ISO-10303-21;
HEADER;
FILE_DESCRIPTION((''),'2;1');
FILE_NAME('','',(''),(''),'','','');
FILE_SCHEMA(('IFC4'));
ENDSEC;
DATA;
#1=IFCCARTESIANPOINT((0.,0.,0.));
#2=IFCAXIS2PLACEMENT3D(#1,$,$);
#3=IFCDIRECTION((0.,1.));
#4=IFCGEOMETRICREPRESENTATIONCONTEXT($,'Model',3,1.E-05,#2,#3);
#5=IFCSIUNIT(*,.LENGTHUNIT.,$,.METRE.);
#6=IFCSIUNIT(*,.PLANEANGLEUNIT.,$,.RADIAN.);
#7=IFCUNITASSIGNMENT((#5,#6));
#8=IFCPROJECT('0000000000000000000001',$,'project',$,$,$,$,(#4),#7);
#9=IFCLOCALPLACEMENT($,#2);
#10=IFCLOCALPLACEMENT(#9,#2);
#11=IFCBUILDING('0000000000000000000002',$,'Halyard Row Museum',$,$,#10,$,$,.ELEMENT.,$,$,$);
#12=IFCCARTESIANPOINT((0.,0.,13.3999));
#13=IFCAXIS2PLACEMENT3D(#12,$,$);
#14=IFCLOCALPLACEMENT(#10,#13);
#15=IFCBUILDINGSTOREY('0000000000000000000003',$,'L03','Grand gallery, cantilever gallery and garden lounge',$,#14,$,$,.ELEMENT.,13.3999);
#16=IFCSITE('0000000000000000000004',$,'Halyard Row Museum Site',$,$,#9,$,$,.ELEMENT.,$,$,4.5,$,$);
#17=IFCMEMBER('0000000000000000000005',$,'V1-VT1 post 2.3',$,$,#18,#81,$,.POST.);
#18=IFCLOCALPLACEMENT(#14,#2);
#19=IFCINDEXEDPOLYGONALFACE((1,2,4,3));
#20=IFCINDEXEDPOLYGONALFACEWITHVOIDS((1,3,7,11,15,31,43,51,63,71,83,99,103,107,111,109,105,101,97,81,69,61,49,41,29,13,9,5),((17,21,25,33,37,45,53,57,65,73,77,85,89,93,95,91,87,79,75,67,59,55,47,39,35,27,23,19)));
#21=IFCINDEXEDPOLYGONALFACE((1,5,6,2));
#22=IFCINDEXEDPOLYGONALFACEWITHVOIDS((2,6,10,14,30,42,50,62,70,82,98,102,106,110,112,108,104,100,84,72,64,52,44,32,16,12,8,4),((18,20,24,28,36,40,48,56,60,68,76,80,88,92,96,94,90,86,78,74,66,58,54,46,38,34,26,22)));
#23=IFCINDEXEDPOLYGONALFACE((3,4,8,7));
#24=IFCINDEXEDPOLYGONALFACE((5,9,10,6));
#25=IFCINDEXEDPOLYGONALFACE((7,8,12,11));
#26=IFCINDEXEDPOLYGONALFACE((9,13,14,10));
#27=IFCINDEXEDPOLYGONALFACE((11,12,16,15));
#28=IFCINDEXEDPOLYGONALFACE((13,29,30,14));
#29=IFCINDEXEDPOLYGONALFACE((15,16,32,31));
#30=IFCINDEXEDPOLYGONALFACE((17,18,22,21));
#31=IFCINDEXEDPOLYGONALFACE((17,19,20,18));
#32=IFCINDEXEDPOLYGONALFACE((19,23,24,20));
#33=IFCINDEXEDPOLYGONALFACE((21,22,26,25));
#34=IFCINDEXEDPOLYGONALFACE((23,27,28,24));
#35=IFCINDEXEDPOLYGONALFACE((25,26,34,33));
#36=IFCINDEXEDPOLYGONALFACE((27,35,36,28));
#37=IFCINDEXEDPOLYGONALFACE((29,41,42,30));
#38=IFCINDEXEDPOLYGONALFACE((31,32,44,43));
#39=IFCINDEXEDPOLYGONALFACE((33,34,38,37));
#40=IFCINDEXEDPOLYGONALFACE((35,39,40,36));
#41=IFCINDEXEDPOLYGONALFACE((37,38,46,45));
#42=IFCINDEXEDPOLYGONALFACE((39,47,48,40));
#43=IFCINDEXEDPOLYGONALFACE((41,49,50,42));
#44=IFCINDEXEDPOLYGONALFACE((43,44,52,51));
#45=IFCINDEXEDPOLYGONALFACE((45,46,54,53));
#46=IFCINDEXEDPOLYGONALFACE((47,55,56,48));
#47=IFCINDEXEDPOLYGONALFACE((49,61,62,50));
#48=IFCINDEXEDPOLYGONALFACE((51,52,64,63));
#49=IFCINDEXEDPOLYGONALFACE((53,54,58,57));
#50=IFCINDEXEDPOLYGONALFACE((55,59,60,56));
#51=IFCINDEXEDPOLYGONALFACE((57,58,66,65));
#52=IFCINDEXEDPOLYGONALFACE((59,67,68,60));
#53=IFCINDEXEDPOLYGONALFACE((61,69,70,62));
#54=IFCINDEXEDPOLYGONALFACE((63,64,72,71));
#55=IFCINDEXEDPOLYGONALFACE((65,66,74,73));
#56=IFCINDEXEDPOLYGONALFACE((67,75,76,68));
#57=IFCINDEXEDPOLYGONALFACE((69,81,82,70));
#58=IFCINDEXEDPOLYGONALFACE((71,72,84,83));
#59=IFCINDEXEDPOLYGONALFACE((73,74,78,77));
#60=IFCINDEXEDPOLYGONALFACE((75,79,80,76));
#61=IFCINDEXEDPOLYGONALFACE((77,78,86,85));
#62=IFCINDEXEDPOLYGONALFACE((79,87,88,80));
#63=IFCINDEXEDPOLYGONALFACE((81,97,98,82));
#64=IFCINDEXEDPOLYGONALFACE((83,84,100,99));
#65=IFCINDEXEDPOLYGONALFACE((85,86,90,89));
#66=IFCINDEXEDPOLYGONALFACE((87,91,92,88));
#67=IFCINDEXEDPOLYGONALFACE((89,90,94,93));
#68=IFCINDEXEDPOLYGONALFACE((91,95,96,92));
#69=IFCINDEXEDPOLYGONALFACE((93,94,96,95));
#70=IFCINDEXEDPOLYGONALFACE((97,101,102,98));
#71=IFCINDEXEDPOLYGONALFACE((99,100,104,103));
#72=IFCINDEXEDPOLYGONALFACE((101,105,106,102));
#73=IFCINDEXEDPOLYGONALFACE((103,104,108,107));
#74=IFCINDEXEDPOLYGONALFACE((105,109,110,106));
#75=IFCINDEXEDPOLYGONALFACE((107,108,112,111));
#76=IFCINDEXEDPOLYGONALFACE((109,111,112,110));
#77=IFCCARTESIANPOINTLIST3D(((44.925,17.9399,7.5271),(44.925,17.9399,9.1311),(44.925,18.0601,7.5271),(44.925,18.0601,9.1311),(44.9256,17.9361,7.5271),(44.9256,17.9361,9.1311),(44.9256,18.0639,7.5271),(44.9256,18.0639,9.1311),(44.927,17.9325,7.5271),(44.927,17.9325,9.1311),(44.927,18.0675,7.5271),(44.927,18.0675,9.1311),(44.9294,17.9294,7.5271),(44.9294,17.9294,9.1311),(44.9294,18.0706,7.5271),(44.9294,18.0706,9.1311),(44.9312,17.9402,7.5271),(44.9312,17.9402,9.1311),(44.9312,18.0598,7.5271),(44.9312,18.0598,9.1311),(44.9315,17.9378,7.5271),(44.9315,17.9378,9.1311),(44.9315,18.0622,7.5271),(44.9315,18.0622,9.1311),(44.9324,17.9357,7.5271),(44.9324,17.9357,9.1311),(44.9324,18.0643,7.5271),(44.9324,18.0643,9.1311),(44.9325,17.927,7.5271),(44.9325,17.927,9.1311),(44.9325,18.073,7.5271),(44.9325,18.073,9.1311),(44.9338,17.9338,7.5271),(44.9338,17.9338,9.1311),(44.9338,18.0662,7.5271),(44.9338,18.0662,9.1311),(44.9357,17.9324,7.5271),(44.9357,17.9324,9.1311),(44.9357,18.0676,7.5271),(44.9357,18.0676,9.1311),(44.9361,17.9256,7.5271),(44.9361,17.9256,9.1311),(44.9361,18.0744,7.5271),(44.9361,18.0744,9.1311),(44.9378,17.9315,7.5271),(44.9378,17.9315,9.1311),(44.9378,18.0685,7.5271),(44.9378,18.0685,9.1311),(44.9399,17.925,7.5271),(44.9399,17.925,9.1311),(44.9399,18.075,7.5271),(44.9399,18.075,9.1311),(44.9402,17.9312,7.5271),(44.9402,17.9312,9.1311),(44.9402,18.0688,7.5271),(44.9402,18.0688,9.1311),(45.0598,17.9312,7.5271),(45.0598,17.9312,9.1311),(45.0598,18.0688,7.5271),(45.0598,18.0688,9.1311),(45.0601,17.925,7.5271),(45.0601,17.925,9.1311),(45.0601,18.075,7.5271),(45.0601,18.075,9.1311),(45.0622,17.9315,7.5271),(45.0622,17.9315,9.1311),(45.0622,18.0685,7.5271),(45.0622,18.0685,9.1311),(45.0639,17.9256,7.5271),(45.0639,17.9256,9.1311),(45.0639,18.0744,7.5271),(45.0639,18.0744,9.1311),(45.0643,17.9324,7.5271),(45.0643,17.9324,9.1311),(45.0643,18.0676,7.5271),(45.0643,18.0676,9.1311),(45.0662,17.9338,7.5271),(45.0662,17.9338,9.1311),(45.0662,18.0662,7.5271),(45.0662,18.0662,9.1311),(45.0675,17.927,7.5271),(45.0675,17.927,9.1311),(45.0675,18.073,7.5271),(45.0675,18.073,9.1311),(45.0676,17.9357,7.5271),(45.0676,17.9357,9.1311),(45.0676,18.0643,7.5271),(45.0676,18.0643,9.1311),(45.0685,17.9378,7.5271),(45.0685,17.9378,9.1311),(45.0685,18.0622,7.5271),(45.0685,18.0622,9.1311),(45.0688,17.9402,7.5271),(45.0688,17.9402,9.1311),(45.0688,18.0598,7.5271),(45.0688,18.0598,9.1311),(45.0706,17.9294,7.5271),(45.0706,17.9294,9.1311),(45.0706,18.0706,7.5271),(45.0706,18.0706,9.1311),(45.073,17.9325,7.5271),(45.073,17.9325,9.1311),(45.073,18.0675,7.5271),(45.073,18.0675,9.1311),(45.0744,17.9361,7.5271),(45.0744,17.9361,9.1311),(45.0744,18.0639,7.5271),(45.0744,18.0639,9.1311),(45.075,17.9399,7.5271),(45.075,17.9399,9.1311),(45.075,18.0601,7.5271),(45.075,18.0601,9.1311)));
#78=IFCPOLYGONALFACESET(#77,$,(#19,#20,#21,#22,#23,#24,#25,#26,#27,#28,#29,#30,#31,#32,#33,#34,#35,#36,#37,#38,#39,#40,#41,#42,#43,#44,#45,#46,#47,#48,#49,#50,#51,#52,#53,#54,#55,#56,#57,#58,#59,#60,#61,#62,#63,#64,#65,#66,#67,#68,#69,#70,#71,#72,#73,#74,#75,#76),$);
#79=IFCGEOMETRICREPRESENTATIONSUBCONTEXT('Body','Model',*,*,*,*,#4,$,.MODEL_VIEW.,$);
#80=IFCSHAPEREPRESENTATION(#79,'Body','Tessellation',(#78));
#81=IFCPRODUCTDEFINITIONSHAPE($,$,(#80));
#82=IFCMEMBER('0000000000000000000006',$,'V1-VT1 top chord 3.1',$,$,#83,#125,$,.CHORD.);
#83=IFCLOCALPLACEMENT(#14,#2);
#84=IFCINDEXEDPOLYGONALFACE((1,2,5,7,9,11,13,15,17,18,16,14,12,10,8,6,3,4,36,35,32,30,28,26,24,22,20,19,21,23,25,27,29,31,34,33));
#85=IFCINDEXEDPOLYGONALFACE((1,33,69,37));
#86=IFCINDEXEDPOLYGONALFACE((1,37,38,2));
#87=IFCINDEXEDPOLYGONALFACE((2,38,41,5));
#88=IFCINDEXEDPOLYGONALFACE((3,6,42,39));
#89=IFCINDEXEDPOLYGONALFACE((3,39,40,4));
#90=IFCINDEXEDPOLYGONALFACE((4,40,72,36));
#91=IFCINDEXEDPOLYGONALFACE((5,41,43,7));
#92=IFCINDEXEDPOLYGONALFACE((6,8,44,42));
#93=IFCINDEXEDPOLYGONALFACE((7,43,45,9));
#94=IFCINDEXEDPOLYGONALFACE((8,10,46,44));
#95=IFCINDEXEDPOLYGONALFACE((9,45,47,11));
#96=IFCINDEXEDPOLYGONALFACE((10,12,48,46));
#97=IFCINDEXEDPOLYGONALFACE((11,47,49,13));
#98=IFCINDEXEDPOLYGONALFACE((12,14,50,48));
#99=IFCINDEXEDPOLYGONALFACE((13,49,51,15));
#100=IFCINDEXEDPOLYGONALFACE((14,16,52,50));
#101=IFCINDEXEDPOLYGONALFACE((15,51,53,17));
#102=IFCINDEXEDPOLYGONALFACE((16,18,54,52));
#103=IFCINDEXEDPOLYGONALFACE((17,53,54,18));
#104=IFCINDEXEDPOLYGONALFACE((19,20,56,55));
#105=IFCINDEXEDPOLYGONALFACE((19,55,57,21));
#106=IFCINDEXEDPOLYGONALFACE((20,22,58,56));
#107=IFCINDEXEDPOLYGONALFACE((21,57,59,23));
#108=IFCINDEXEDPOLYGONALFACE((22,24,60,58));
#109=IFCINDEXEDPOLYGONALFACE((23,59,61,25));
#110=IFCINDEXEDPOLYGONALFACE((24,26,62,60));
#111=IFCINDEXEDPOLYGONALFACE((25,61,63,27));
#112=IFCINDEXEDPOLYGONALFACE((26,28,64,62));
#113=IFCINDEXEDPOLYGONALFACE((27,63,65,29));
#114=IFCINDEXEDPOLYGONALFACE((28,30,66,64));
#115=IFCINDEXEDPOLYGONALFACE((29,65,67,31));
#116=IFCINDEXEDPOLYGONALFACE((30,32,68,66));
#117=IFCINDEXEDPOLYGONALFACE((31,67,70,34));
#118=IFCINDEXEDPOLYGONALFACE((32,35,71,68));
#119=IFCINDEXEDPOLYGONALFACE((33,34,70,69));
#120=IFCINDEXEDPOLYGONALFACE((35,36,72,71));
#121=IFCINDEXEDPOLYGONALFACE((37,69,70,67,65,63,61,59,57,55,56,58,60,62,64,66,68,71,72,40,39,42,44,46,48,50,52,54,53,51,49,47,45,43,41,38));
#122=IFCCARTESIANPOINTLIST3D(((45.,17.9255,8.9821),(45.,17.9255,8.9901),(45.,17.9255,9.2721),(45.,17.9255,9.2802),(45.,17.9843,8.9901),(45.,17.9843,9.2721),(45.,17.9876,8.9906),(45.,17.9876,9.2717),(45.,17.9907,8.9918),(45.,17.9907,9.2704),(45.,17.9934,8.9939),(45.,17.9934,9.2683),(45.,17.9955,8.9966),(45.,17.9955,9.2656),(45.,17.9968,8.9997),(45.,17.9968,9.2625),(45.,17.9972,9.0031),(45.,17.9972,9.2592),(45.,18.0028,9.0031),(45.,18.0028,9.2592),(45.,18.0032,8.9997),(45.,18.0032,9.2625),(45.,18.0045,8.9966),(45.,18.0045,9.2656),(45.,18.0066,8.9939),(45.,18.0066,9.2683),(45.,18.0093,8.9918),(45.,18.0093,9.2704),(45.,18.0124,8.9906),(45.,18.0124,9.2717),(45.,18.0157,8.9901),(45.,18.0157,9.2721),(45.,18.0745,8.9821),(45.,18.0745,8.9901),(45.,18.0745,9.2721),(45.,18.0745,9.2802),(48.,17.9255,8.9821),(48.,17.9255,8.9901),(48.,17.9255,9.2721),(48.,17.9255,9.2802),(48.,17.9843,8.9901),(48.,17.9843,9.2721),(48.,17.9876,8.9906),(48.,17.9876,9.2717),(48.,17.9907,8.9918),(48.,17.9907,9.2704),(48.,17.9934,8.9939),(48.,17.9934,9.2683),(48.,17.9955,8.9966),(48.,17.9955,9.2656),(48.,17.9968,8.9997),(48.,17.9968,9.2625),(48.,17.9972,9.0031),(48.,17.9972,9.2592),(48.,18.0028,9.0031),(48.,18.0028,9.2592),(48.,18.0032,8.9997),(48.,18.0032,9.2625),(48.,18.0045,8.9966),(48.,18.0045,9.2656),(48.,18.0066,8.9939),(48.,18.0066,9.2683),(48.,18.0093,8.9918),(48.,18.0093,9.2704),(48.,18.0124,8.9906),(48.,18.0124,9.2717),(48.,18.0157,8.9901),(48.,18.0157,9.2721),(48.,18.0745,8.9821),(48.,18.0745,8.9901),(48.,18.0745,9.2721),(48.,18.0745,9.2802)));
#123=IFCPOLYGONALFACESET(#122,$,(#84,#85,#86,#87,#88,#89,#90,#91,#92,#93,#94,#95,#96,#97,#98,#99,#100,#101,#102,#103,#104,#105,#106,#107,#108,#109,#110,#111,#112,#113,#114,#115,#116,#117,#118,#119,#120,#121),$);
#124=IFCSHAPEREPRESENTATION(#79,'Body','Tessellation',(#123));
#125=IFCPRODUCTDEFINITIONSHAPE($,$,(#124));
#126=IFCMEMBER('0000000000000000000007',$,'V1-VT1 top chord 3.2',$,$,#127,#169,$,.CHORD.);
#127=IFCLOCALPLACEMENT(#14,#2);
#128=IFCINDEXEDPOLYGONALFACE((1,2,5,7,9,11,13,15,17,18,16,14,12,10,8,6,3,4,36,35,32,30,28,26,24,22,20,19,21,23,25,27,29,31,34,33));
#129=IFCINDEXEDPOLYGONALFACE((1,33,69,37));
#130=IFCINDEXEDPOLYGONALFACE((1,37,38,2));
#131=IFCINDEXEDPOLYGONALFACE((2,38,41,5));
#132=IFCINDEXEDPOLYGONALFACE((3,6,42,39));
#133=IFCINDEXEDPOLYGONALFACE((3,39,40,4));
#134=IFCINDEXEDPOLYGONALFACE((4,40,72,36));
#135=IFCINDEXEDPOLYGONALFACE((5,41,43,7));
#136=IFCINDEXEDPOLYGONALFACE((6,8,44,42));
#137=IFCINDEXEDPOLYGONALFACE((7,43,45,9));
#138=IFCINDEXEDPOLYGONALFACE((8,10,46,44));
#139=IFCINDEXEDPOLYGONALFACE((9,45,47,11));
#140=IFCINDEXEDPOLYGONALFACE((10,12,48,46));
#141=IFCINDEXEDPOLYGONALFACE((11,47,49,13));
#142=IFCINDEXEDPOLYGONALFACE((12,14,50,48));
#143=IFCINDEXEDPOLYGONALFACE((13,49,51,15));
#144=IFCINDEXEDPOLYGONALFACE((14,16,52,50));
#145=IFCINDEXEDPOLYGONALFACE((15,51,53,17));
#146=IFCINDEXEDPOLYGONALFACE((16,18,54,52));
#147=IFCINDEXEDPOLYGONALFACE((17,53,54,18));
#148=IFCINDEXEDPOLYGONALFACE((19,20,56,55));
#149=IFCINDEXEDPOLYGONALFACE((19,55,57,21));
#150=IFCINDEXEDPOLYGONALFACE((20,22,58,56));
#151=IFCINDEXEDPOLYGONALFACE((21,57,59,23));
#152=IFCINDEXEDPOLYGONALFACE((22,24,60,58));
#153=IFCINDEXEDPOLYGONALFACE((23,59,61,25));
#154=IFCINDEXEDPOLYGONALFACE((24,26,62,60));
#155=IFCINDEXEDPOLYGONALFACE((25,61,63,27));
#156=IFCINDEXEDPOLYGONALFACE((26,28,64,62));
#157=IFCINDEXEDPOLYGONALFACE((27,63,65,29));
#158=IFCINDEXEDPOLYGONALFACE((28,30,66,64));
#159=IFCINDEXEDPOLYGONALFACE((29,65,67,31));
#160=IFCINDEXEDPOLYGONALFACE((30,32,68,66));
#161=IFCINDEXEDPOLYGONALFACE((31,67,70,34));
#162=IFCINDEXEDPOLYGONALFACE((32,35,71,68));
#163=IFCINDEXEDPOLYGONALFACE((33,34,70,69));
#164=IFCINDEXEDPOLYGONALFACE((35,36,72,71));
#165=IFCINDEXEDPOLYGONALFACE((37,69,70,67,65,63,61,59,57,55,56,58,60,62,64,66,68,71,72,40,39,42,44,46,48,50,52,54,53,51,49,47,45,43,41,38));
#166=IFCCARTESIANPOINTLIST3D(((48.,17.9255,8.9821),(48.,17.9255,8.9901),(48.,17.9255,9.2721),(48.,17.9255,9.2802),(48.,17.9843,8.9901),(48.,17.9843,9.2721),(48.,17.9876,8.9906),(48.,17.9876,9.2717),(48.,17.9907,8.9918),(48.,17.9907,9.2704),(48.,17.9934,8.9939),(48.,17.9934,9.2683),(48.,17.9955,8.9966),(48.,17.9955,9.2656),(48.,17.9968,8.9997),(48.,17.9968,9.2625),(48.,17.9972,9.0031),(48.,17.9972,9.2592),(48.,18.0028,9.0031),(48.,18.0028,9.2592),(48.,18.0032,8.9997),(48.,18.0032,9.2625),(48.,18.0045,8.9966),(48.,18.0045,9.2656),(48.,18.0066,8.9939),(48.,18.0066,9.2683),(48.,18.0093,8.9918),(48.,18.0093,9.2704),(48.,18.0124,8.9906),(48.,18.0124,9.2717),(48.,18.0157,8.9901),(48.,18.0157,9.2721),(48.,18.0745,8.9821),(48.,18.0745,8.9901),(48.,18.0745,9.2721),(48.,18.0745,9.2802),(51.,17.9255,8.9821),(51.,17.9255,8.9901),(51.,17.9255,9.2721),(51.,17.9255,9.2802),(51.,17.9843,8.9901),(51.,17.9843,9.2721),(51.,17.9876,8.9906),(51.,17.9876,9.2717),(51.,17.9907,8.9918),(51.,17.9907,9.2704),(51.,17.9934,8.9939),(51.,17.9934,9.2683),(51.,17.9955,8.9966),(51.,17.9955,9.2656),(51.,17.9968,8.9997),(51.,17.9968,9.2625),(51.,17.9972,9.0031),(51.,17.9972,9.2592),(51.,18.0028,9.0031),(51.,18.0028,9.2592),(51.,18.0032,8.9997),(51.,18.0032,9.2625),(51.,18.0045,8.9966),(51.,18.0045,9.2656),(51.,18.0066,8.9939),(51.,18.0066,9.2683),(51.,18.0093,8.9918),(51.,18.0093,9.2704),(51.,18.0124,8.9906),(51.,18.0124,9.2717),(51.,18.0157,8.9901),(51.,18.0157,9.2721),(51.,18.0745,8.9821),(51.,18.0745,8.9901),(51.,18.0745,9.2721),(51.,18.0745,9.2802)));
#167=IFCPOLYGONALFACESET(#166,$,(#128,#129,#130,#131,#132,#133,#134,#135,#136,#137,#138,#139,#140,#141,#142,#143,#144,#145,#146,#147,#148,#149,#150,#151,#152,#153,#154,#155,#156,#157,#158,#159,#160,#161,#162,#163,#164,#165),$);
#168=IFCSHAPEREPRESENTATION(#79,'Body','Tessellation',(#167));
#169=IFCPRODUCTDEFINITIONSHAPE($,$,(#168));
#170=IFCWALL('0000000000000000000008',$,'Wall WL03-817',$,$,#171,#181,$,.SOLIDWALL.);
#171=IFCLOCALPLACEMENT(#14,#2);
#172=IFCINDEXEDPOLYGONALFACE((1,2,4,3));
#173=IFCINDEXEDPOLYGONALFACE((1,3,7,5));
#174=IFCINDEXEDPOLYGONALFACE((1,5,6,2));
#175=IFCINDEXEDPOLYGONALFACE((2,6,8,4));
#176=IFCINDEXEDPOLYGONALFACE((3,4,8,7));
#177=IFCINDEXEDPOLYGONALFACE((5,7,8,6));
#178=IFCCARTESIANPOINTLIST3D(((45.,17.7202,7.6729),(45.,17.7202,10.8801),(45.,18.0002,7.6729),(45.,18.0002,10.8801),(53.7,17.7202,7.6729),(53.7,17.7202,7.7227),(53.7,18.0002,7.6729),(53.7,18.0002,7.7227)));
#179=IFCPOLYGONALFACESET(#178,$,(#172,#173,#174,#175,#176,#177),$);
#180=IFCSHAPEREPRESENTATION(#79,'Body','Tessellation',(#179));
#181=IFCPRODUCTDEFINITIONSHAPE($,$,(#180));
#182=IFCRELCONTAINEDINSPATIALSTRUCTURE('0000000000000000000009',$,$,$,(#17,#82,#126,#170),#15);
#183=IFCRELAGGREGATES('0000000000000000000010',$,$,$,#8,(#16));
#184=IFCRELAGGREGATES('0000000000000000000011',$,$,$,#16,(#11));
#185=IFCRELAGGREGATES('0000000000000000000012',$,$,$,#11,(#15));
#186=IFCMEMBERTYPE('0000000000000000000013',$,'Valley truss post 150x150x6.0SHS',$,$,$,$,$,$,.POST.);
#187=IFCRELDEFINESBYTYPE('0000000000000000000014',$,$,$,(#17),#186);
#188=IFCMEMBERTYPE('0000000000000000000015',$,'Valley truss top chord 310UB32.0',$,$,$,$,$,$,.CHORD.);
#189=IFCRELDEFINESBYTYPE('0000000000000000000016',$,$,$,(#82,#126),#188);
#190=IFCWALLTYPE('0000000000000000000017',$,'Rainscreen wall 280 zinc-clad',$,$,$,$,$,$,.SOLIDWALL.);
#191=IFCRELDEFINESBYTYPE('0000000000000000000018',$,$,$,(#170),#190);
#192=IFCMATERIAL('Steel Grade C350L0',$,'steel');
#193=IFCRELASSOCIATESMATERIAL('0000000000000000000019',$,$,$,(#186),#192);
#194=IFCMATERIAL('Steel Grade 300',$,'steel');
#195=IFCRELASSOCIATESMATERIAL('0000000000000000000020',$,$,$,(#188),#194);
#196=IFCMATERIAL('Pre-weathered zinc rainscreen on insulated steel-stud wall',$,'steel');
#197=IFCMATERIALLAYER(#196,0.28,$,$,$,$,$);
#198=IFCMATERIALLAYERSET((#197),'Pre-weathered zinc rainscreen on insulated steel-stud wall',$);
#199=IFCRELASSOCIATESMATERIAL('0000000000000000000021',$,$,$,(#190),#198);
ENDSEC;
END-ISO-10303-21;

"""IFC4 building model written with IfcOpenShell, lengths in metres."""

from ifc_helpers import new_model, si_unit, direction, frame, origin, origin_2d, place, context, subcontext, project, spatial, polyline, hollow_rectangle, i_section, outline, extrude, material, layer, layer_set, material_profile, profile_set, type_object, element, save


model = new_model("IFC4")

# Units and contexts
model_context = context("Model", 3, precision=1e-05, world=origin(), true_north=direction((0.0, 1.0)))
body_context = subcontext(model_context, "Body", "Model", "MODEL_VIEW")
ifc_project = project(units=[si_unit("LENGTHUNIT", "METRE"), si_unit("PLANEANGLEUNIT", "RADIAN")], contexts=[model_context])

# Site, building, storey
site_placement = place(None, origin())
site = spatial("IfcSite", under=ifc_project, at=site_placement, Name="Halyard Row Museum Site", CompositionType="ELEMENT", RefElevation=4.5)
building_placement = place(site_placement, origin())
building = spatial("IfcBuilding", under=site, at=building_placement, Name="Halyard Row Museum", CompositionType="ELEMENT")
storey_placement = place(building_placement, frame((0.0, 0.0, 13.3999)))
storey = spatial("IfcBuildingStorey", under=building, at=storey_placement, Name="L03", Description="Grand gallery, cantilever gallery and garden lounge", CompositionType="ELEMENT", Elevation=13.3999)

# Members
ifc_material_1 = material(Name="Steel Grade C350L0", Category="steel")
ifc_material_profile_1 = material_profile(ifc_material_1, hollow_rectangle(XDim=0.1499, YDim=0.1499, WallThickness=0.0061, InnerFilletRadius=0.009, OuterFilletRadius=0.0149, at=origin_2d()), Name="150x150x6.0SHS")
ifc_profile_set_1 = profile_set([ifc_material_profile_1], Name="Steel Grade C350L0")
member_type_1 = type_object("IfcMemberType", Name="Valley truss post 150x150x6.0SHS", PredefinedType="POST", material=ifc_profile_set_1)
member_1_placement = place(storey_placement, frame((45.0, 18.0, 7.5271), z_axis=(0.0, 0.0, 1.0), x_axis=(1.0, 0.0, 0.0)))
element("IfcMember", 1, at=member_1_placement, inside=storey, type_object=member_type_1, Name="V1-VT1 post 2.3", PredefinedType="POST", context=body_context, shape_type="SweptSolid", body=[
    extrude(hollow_rectangle(XDim=0.1499, YDim=0.1499, WallThickness=0.0061, InnerFilletRadius=0.009, OuterFilletRadius=0.0149, at=origin_2d()), origin(), (0.0, 0.0, 1.0), 1.604),
])
ifc_material_2 = material(Name="Steel Grade 300", Category="steel")
ifc_material_profile_2 = material_profile(ifc_material_2, i_section(OverallWidth=0.1489, OverallDepth=0.2981, WebThickness=0.0056, FlangeThickness=0.0081, FilletRadius=0.0129, at=origin_2d()), Name="310UB32.0")
ifc_profile_set_2 = profile_set([ifc_material_profile_2], Name="Steel Grade 300")
member_type_2 = type_object("IfcMemberType", Name="Valley truss top chord 310UB32.0", PredefinedType="CHORD", material=ifc_profile_set_2)
for number, where, z_axis, x_axis, name in (
    (2, (45.0, 18.0, 9.1311), (1.0, 0.0, 0.0), (0.0, 1.0, 0.0), "V1-VT1 top chord 3.1"),
    (3, (48.0, 18.0, 9.1311), (1.0, 0.0, 0.0), (0.0, 1.0, 0.0), "V1-VT1 top chord 3.2"),
):
    element("IfcMember", number, at=place(storey_placement, frame(where, z_axis=z_axis, x_axis=x_axis)), inside=storey, type_object=member_type_2, Name=name, PredefinedType="CHORD", context=body_context, shape_type="SweptSolid", body=[
        extrude(i_section(OverallWidth=0.1489, OverallDepth=0.2981, WebThickness=0.0056, FlangeThickness=0.0081, FilletRadius=0.0129, at=origin_2d()), origin(), (0.0, 0.0, 1.0), 3.0),
    ])

# Wall
ifc_material_3 = material(Name="Pre-weathered zinc rainscreen on insulated steel-stud wall", Category="steel")
ifc_layer = layer(ifc_material_3, 0.28)
ifc_layer_set = layer_set([ifc_layer], Name="Pre-weathered zinc rainscreen on insulated steel-stud wall")
wall_type = type_object("IfcWallType", Name="Rainscreen wall 280 zinc-clad", PredefinedType="SOLIDWALL", material=ifc_layer_set)
wall_placement = place(storey_placement, frame((45.0, 17.8601, 7.6729), z_axis=(0.0, 0.0, 1.0), x_axis=(1.0, 0.0, 0.0)))
element("IfcWall", 4, at=wall_placement, inside=storey, type_object=wall_type, Name="Wall WL03-817", PredefinedType="SOLIDWALL", context=body_context, shape_type="SweptSolid", body=[
    extrude(outline(polyline([(0.0, 0.0), (8.7, 0.0), (8.7, 0.0498), (0.0, 3.2073), (0.0, 0.0)])), frame((0.0, 0.1401, 0.0), z_axis=(0.0, -1.0, 0.0), x_axis=(1.0, 0.0, 0.0)), (0.0, 0.0, 1.0), 0.28),
])

save(model, "model.ifc")
